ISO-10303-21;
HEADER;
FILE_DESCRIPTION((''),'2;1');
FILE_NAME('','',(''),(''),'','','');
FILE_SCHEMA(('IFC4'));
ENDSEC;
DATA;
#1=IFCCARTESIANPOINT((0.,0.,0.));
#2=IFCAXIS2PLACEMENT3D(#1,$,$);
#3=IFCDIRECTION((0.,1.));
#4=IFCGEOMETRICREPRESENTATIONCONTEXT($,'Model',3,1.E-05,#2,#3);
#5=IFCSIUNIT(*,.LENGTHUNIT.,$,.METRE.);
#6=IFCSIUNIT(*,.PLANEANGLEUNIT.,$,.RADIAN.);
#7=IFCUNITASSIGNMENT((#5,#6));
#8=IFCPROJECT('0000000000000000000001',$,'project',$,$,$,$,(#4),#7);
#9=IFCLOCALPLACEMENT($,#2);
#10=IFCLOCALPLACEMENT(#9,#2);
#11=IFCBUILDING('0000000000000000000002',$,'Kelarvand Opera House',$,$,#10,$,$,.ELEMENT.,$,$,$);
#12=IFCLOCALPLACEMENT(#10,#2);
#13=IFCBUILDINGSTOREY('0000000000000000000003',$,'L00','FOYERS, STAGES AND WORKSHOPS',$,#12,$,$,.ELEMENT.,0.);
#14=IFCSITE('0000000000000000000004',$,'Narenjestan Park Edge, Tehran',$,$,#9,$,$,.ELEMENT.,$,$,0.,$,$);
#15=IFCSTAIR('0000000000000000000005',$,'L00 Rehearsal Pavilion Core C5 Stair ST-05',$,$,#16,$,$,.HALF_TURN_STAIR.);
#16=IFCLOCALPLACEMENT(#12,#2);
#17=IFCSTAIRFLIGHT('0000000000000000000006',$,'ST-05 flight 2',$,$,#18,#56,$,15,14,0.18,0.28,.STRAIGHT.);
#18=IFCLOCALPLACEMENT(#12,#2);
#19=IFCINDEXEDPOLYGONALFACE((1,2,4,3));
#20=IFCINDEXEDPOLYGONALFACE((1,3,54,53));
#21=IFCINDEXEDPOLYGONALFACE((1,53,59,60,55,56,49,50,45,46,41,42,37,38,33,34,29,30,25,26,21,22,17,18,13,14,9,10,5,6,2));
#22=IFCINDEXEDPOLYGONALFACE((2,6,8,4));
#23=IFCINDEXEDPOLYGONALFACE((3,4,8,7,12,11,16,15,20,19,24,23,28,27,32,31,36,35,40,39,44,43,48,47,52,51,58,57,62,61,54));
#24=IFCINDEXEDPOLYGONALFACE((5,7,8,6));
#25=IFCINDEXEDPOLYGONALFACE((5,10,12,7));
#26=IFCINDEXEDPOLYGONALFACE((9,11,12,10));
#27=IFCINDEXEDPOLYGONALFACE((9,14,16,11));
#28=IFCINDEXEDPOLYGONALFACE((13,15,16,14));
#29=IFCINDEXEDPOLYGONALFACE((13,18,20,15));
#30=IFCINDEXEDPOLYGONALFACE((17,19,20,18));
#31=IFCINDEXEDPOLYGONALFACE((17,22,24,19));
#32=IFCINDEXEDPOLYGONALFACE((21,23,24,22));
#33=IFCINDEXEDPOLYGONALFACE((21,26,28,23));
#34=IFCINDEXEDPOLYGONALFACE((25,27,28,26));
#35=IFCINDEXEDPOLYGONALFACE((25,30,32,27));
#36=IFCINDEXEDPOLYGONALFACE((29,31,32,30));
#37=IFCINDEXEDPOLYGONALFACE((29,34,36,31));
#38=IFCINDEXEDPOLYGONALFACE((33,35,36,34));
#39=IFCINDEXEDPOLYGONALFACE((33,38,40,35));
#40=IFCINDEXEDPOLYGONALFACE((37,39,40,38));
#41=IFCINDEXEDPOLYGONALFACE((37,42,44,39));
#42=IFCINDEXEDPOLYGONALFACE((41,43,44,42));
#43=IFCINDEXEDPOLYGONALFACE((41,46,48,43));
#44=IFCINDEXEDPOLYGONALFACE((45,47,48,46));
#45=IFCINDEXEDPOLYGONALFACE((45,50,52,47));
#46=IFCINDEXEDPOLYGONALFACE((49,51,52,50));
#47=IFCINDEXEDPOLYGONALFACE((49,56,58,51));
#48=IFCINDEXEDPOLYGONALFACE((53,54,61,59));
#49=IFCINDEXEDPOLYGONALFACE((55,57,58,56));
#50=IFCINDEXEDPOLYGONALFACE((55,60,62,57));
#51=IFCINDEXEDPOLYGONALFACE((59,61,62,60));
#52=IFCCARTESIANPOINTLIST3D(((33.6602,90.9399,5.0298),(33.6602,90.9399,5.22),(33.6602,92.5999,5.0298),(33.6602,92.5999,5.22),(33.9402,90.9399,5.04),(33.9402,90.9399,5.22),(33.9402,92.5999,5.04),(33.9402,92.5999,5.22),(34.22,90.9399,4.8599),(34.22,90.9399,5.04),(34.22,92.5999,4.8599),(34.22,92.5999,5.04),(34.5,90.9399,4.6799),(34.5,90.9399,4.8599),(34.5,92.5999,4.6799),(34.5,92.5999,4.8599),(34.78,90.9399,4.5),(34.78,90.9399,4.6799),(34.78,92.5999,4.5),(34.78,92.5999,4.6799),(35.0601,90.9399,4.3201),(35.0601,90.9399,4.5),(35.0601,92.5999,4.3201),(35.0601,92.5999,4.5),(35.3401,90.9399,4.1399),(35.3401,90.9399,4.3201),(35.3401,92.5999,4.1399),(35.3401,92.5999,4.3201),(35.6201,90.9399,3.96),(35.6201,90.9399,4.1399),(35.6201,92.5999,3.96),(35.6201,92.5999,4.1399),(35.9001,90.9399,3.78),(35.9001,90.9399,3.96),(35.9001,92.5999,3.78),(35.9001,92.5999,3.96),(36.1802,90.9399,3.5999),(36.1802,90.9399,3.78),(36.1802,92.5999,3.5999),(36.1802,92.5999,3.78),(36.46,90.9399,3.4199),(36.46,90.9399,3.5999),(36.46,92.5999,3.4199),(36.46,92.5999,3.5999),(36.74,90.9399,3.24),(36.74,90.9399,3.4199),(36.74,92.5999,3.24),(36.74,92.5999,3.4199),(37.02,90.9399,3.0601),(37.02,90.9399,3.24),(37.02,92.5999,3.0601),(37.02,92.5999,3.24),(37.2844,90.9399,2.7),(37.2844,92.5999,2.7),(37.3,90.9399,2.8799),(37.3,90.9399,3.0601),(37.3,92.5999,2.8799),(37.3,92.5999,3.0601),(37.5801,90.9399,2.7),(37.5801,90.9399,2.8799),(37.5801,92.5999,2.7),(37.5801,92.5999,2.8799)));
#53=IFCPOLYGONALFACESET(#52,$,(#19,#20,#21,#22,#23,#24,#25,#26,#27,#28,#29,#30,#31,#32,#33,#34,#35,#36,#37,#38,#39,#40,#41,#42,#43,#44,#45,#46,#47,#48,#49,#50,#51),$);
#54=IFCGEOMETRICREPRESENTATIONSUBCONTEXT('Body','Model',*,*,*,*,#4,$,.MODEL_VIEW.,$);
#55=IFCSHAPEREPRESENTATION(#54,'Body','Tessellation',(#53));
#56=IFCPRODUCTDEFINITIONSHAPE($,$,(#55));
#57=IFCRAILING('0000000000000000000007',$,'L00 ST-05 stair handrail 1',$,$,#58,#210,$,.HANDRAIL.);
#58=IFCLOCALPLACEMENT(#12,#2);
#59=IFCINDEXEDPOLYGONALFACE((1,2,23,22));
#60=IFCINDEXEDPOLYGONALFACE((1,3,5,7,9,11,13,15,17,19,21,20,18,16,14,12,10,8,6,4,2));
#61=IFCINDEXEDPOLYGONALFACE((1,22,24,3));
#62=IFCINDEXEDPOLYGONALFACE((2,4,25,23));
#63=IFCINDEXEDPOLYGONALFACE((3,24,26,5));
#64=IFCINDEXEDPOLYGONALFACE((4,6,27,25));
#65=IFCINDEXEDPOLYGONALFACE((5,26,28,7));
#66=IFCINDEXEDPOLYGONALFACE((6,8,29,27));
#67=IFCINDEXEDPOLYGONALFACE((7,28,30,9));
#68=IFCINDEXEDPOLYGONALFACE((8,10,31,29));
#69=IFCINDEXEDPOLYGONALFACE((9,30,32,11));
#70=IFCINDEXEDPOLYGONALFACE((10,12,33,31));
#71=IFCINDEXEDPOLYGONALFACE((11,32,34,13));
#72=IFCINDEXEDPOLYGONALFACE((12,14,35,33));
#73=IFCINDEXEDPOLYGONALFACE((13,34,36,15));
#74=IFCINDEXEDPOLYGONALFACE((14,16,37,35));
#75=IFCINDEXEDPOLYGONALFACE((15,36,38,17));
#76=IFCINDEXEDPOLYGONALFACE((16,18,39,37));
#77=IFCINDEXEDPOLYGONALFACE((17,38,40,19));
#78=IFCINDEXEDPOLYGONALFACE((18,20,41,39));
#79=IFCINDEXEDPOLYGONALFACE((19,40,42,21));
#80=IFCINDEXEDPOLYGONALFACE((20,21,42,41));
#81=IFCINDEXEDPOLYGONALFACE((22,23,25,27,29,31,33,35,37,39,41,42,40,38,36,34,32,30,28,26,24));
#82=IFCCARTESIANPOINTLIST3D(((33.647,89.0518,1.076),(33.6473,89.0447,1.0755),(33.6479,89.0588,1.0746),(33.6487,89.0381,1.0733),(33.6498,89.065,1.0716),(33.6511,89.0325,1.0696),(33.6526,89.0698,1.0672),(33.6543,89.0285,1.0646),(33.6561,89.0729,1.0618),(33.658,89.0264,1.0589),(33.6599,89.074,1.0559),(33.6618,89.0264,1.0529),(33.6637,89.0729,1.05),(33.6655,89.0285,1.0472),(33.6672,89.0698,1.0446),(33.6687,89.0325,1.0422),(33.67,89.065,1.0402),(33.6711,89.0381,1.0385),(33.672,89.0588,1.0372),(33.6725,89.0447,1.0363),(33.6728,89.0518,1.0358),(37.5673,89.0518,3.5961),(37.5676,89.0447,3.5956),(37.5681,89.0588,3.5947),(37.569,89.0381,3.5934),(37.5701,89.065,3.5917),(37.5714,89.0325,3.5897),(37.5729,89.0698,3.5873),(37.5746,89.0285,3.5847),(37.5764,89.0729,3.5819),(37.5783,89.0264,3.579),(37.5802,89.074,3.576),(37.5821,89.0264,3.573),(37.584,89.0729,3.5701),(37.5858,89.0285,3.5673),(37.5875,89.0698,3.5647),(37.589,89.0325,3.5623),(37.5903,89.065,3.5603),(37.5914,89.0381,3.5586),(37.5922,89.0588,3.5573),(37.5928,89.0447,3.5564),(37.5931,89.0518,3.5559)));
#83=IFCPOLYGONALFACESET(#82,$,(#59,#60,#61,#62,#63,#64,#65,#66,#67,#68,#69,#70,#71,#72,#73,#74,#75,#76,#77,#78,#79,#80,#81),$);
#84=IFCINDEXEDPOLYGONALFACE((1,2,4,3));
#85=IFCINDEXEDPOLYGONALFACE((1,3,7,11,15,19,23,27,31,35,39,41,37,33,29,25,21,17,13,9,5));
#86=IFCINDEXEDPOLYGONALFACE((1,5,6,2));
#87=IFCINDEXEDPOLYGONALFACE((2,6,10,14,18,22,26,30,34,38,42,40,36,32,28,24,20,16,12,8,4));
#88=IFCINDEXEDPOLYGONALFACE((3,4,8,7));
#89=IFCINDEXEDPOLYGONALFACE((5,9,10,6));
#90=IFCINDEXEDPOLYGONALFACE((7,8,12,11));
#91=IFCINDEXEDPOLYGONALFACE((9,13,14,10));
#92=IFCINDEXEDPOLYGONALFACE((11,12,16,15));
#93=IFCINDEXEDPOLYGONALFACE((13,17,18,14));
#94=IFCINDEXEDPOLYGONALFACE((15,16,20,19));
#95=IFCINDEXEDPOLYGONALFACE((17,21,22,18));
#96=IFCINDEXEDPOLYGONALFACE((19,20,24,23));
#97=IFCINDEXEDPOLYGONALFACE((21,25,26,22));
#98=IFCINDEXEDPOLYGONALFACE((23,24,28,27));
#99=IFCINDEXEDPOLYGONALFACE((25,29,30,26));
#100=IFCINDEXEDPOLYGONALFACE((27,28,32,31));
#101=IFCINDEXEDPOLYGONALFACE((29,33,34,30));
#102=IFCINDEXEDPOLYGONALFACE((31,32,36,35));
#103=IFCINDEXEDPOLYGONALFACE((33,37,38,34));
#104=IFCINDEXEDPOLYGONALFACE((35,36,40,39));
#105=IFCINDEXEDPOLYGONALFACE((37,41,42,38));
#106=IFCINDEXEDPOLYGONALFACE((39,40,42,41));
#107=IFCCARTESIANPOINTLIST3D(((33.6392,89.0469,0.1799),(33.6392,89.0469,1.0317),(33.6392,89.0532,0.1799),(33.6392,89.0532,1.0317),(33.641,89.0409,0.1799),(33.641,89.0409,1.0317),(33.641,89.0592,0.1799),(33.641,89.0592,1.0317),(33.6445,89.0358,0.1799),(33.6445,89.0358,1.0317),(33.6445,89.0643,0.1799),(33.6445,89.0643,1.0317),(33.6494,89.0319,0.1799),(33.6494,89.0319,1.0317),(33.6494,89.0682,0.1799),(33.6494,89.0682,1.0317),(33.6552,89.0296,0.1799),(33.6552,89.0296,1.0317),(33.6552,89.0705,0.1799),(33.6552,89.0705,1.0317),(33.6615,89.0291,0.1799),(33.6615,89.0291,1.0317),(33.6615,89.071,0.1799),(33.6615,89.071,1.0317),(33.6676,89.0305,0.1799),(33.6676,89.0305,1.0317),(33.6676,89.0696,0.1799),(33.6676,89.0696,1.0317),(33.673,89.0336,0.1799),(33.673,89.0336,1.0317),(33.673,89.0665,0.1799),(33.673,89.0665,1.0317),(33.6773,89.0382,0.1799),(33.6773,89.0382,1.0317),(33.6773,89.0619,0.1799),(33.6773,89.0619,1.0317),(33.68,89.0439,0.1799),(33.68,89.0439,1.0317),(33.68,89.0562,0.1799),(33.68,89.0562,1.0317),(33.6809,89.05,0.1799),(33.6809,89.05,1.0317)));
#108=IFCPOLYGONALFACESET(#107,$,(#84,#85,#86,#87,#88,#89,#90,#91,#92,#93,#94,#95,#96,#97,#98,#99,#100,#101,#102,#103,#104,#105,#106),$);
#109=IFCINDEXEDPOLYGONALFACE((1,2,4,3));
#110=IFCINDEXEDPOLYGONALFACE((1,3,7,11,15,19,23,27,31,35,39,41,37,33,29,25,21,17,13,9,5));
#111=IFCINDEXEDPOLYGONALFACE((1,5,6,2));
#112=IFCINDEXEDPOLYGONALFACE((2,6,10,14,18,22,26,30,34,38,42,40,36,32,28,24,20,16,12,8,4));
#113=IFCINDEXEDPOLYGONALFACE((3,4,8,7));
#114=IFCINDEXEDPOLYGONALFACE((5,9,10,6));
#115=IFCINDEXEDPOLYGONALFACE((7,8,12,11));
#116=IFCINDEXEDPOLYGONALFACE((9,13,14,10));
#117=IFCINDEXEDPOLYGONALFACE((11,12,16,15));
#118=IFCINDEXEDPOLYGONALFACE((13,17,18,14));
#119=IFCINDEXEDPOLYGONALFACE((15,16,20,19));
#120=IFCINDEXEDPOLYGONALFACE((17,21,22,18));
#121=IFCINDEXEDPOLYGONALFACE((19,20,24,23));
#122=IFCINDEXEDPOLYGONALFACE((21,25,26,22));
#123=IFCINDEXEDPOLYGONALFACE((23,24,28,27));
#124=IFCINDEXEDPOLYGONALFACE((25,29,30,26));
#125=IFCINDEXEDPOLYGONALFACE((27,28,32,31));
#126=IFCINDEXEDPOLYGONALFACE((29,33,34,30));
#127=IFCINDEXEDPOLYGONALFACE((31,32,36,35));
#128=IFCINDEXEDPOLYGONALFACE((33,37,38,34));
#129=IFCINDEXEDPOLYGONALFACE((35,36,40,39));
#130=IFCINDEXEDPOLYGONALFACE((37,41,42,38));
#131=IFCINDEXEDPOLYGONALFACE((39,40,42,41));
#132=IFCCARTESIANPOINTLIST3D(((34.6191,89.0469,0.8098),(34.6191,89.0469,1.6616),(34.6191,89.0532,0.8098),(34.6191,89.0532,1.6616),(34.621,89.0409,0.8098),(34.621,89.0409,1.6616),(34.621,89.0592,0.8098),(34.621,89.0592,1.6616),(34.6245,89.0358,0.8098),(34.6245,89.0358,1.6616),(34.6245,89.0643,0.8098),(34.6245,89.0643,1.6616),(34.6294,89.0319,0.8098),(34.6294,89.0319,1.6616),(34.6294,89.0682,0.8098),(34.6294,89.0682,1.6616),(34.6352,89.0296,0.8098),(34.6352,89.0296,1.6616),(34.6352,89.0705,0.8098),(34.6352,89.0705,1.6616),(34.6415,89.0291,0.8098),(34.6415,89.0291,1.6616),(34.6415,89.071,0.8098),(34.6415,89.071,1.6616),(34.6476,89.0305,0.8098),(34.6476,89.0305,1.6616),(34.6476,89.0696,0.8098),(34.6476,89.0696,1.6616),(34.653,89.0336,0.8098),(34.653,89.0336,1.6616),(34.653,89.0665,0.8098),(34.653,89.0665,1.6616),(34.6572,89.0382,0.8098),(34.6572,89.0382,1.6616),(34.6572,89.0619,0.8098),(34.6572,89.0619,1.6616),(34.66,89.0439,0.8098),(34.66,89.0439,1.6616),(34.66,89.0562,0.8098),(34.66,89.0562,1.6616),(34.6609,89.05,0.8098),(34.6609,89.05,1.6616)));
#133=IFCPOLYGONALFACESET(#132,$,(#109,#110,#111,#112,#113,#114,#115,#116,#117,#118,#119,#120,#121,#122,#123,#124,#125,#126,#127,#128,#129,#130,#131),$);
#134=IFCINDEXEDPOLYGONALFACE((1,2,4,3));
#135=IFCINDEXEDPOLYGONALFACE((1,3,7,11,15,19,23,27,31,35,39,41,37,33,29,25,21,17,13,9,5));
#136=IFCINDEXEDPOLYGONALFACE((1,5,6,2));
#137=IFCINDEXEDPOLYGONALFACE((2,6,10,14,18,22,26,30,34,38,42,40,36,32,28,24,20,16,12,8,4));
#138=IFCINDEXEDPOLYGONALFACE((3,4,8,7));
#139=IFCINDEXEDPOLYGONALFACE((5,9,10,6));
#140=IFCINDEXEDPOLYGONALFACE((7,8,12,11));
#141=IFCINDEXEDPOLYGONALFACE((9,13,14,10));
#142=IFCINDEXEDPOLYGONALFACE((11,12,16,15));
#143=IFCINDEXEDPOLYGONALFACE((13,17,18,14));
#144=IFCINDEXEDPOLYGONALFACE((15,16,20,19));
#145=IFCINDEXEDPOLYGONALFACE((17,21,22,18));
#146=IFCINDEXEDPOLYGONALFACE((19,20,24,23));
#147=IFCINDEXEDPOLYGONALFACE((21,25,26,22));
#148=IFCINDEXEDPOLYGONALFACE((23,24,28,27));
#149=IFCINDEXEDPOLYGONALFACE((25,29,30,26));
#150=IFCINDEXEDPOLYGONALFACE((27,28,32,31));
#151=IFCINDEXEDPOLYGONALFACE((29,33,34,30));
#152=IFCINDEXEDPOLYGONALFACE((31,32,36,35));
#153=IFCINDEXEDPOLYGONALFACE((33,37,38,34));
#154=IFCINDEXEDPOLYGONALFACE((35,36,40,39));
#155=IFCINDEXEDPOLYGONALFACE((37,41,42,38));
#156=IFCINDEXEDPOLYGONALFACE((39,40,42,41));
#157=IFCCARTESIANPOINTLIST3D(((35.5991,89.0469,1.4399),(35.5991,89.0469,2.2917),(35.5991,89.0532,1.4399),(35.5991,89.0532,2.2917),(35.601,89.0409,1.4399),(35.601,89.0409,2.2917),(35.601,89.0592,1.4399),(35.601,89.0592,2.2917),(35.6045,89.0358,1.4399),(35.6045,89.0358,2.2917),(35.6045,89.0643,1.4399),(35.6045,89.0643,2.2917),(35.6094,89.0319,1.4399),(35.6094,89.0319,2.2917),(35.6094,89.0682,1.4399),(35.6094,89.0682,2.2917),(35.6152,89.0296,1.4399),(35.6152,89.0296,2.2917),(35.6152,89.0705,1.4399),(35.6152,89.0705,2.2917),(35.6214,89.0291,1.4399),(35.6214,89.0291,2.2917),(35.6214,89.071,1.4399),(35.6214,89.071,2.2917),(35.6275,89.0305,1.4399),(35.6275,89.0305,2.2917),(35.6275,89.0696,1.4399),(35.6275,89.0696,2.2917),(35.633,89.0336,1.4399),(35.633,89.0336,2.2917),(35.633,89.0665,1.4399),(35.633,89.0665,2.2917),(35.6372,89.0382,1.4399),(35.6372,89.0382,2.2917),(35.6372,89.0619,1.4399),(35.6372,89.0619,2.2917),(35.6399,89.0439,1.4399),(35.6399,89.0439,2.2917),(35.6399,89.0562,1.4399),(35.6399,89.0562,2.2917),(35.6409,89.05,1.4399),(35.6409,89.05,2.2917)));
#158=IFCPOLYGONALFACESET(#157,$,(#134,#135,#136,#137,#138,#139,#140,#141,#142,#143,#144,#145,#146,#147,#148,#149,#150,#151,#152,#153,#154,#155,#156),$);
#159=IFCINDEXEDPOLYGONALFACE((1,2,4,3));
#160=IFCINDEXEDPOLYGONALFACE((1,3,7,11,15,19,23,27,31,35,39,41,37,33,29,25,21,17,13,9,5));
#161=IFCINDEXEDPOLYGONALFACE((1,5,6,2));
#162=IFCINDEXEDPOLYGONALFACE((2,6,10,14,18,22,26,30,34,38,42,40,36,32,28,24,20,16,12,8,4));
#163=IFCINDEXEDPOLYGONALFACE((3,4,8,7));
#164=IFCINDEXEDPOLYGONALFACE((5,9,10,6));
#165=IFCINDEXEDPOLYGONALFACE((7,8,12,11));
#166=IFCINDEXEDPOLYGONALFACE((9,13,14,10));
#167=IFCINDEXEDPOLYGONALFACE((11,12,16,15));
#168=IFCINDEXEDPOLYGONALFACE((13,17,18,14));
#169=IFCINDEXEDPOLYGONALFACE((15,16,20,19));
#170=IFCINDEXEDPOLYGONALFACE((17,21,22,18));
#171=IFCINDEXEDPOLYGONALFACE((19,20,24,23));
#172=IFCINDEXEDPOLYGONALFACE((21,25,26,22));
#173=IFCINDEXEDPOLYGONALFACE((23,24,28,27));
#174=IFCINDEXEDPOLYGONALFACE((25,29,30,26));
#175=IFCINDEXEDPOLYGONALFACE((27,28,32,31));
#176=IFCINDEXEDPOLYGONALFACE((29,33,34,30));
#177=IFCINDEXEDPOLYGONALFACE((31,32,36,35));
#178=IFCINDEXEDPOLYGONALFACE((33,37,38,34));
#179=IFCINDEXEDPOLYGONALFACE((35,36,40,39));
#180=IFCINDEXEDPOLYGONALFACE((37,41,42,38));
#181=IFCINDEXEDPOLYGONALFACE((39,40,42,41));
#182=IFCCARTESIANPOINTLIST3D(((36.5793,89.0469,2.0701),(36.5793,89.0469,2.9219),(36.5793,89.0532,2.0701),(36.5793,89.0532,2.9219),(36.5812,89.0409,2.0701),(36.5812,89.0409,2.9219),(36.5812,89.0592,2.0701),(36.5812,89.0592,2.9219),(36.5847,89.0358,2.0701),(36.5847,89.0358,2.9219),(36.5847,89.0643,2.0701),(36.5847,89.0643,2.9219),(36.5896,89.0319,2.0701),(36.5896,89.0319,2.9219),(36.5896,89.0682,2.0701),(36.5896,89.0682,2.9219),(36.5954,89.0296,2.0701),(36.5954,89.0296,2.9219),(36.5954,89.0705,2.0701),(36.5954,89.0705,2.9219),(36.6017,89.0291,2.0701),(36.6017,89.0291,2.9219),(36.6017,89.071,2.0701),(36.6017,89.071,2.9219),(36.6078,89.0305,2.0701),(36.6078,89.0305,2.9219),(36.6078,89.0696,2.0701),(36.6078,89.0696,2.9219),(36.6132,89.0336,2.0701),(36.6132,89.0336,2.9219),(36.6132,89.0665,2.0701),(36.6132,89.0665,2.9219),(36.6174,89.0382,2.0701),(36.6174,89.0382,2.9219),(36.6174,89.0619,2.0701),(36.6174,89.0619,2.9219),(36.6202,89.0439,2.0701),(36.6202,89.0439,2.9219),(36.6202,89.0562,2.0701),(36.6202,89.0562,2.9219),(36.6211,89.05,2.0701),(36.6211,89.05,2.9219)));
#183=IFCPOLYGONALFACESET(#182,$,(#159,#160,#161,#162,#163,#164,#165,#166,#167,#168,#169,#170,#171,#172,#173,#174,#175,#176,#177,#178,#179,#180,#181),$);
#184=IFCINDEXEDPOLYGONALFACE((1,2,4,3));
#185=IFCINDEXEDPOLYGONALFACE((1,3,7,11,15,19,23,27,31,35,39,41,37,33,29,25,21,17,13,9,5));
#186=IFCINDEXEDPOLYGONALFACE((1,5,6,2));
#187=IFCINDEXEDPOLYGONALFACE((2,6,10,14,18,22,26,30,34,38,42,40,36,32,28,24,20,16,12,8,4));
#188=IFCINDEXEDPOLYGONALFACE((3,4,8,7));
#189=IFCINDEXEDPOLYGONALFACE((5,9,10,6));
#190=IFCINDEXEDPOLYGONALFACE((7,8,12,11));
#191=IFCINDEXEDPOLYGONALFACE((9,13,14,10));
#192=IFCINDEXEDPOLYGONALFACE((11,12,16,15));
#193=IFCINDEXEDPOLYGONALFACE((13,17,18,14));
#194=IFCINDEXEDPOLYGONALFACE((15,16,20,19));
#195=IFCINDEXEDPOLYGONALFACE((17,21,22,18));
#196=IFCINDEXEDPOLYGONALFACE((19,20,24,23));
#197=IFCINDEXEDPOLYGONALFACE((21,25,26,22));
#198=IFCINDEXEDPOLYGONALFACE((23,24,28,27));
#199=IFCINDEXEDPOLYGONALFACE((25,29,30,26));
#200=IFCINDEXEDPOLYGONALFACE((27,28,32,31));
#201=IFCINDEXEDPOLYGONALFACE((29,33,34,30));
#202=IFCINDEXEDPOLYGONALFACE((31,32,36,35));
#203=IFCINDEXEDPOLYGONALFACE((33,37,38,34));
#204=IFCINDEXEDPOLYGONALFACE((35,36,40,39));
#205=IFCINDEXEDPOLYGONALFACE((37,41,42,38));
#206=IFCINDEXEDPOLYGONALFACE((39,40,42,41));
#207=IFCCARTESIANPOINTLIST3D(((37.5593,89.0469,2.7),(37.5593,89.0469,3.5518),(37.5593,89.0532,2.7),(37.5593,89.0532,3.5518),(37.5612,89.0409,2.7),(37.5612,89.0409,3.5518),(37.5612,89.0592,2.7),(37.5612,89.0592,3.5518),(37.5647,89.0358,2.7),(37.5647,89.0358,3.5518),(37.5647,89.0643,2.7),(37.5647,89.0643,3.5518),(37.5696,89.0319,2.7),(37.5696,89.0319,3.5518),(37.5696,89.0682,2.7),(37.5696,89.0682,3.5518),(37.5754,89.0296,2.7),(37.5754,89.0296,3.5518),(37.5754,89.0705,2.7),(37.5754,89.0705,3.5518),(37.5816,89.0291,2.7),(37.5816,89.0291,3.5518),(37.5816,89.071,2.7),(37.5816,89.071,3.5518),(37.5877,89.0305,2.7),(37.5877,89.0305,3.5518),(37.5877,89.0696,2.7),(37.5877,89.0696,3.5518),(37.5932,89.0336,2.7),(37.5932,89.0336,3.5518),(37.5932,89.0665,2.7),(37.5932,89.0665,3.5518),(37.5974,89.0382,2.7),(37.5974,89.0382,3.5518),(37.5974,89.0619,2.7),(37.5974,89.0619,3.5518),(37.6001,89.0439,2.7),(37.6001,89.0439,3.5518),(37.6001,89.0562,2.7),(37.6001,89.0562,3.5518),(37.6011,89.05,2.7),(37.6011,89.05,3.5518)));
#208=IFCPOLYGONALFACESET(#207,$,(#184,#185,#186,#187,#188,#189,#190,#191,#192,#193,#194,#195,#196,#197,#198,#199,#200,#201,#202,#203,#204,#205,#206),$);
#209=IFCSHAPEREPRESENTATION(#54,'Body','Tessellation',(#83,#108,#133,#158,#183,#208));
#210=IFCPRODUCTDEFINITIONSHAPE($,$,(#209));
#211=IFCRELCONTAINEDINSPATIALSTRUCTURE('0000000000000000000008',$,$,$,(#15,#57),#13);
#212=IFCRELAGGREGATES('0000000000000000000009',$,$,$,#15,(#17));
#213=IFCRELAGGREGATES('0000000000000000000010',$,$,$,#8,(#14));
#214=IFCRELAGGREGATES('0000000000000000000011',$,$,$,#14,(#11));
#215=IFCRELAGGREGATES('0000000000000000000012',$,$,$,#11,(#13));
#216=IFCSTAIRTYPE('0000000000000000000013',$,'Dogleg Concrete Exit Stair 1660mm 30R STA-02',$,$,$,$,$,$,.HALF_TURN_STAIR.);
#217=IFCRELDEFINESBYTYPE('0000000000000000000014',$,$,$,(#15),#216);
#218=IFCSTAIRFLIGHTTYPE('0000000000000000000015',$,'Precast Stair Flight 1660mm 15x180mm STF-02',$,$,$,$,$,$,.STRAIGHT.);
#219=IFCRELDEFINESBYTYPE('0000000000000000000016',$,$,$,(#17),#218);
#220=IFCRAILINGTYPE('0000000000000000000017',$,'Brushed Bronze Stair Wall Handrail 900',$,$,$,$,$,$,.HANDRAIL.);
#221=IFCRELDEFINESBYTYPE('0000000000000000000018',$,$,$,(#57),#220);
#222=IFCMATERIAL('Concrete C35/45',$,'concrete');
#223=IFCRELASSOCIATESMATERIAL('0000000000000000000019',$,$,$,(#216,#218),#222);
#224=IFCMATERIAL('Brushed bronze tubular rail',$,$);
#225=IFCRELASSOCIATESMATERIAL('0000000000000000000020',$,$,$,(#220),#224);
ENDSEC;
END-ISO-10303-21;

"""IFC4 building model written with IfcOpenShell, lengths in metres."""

from ifc_helpers import new_model, si_unit, direction, frame, origin, origin_2d, place, context, subcontext, project, spatial, polyline, circle, outline, extrude, material, type_object, element, aggregate, save


model = new_model("IFC4")

# Units and contexts
model_context = context("Model", 3, precision=1e-05, world=origin(), true_north=direction((0.0, 1.0)))
body_context = subcontext(model_context, "Body", "Model", "MODEL_VIEW")
ifc_project = project(units=[si_unit("LENGTHUNIT", "METRE"), si_unit("PLANEANGLEUNIT", "RADIAN")], contexts=[model_context])

# Site, building, storey
site_placement = place(None, origin())
site = spatial("IfcSite", under=ifc_project, at=site_placement, Name="Narenjestan Park Edge, Tehran", CompositionType="ELEMENT", RefElevation=0.0)
building_placement = place(site_placement, origin())
building = spatial("IfcBuilding", under=site, at=building_placement, Name="Kelarvand Opera House", CompositionType="ELEMENT")
storey_placement = place(building_placement, origin())
storey = spatial("IfcBuildingStorey", under=building, at=storey_placement, Name="L00", Description="FOYERS, STAGES AND WORKSHOPS", CompositionType="ELEMENT", Elevation=0.0)

# Shared definitions
ifc_material_1 = material(Name="Concrete C35/45", Category="concrete")

# Stair, stair flight
stair_type = type_object("IfcStairType", Name="Dogleg Concrete Exit Stair 1660mm 30R STA-02", PredefinedType="HALF_TURN_STAIR", material=ifc_material_1)
stair_placement = place(storey_placement, origin())
stair = element("IfcStair", 1, at=stair_placement, inside=storey, type_object=stair_type, Name="L00 Rehearsal Pavilion Core C5 Stair ST-05", PredefinedType="HALF_TURN_STAIR")
stair_flight_type = type_object("IfcStairFlightType", Name="Precast Stair Flight 1660mm 15x180mm STF-02", PredefinedType="STRAIGHT", material=ifc_material_1)
stair_flight_1_placement = place(storey_placement, frame((37.5801, 91.77, 2.7), z_axis=(0.0, 0.0, 1.0), x_axis=(-1.0, 0.0, 0.0)))
stair_flight_1 = element("IfcStairFlight", 2, at=stair_flight_1_placement, type_object=stair_flight_type, Name="ST-05 flight 2", NumberOfRisers=15, NumberOfTreads=14, PredefinedType="STRAIGHT", RiserHeight=0.18, TreadLength=0.28, context=body_context, shape_type="SweptSolid", body=[
    extrude(outline(polyline([(0.0, 0.0), (0.0, 0.1799), (0.28, 0.1799), (0.28, 0.3601), (0.5601, 0.3601), (0.5601, 0.54), (0.8401, 0.54), (0.8401, 0.72), (1.1201, 0.72), (1.1201, 0.8999), (1.3999, 0.8999), (1.3999, 1.0801), (1.6799, 1.0801), (1.6799, 1.26), (1.96, 1.26), (1.96, 1.4399), (2.24, 1.4399), (2.24, 1.6201), (2.52, 1.6201), (2.52, 1.8), (2.8, 1.8), (2.8, 1.98), (3.0801, 1.98), (3.0801, 2.1599), (3.3601, 2.1599), (3.3601, 2.3401), (3.6399, 2.3401), (3.6399, 2.52), (3.9199, 2.52), (3.9199, 2.7), (3.9199, 2.3298), (0.2957, 0.0), (0.0, 0.0)])), frame((0.0, 0.8301, 0.0), z_axis=(0.0, -1.0, 0.0), x_axis=(1.0, 0.0, 0.0)), (0.0, 0.0, 1.0), 1.6599),
])
aggregate(stair, [stair_flight_1])

# Railing
ifc_material_2 = material(Name="Brushed bronze tubular rail")
railing_type_1 = type_object("IfcRailingType", Name="Brushed Bronze Stair Wall Handrail 900", PredefinedType="HANDRAIL", material=ifc_material_2)
railing_1_placement = place(storey_placement, frame((33.6599, 89.05, 0.1799)))
element("IfcRailing", 3, at=railing_1_placement, inside=storey, type_object=railing_type_1, Name="L00 ST-05 stair handrail 1", PredefinedType="HANDRAIL", context=body_context, shape_type="SweptSolid", body=[
    extrude(circle(Radius=0.0239, at=origin_2d()), frame((0.0, 0.0, 0.876), z_axis=(0.841187, 0.0, 0.540744), x_axis=(0.0, 1.0, 0.0)), (0.0, 0.0, 1.0), 4.6604),
    extrude(circle(Radius=0.021, at=origin_2d()), origin(), (0.0, 0.0, 1.0), 0.8518),
    extrude(circle(Radius=0.021, at=origin_2d()), frame((0.98, 0.0, 0.6299)), (0.0, 0.0, 1.0), 0.8518),
    extrude(circle(Radius=0.021, at=origin_2d()), frame((1.96, 0.0, 1.26)), (0.0, 0.0, 1.0), 0.8518),
    extrude(circle(Radius=0.021, at=origin_2d()), frame((2.9402, 0.0, 1.8901)), (0.0, 0.0, 1.0), 0.8518),
    extrude(circle(Radius=0.021, at=origin_2d()), frame((3.9202, 0.0, 2.52)), (0.0, 0.0, 1.0), 0.8518),
])

save(model, "model.ifc")
